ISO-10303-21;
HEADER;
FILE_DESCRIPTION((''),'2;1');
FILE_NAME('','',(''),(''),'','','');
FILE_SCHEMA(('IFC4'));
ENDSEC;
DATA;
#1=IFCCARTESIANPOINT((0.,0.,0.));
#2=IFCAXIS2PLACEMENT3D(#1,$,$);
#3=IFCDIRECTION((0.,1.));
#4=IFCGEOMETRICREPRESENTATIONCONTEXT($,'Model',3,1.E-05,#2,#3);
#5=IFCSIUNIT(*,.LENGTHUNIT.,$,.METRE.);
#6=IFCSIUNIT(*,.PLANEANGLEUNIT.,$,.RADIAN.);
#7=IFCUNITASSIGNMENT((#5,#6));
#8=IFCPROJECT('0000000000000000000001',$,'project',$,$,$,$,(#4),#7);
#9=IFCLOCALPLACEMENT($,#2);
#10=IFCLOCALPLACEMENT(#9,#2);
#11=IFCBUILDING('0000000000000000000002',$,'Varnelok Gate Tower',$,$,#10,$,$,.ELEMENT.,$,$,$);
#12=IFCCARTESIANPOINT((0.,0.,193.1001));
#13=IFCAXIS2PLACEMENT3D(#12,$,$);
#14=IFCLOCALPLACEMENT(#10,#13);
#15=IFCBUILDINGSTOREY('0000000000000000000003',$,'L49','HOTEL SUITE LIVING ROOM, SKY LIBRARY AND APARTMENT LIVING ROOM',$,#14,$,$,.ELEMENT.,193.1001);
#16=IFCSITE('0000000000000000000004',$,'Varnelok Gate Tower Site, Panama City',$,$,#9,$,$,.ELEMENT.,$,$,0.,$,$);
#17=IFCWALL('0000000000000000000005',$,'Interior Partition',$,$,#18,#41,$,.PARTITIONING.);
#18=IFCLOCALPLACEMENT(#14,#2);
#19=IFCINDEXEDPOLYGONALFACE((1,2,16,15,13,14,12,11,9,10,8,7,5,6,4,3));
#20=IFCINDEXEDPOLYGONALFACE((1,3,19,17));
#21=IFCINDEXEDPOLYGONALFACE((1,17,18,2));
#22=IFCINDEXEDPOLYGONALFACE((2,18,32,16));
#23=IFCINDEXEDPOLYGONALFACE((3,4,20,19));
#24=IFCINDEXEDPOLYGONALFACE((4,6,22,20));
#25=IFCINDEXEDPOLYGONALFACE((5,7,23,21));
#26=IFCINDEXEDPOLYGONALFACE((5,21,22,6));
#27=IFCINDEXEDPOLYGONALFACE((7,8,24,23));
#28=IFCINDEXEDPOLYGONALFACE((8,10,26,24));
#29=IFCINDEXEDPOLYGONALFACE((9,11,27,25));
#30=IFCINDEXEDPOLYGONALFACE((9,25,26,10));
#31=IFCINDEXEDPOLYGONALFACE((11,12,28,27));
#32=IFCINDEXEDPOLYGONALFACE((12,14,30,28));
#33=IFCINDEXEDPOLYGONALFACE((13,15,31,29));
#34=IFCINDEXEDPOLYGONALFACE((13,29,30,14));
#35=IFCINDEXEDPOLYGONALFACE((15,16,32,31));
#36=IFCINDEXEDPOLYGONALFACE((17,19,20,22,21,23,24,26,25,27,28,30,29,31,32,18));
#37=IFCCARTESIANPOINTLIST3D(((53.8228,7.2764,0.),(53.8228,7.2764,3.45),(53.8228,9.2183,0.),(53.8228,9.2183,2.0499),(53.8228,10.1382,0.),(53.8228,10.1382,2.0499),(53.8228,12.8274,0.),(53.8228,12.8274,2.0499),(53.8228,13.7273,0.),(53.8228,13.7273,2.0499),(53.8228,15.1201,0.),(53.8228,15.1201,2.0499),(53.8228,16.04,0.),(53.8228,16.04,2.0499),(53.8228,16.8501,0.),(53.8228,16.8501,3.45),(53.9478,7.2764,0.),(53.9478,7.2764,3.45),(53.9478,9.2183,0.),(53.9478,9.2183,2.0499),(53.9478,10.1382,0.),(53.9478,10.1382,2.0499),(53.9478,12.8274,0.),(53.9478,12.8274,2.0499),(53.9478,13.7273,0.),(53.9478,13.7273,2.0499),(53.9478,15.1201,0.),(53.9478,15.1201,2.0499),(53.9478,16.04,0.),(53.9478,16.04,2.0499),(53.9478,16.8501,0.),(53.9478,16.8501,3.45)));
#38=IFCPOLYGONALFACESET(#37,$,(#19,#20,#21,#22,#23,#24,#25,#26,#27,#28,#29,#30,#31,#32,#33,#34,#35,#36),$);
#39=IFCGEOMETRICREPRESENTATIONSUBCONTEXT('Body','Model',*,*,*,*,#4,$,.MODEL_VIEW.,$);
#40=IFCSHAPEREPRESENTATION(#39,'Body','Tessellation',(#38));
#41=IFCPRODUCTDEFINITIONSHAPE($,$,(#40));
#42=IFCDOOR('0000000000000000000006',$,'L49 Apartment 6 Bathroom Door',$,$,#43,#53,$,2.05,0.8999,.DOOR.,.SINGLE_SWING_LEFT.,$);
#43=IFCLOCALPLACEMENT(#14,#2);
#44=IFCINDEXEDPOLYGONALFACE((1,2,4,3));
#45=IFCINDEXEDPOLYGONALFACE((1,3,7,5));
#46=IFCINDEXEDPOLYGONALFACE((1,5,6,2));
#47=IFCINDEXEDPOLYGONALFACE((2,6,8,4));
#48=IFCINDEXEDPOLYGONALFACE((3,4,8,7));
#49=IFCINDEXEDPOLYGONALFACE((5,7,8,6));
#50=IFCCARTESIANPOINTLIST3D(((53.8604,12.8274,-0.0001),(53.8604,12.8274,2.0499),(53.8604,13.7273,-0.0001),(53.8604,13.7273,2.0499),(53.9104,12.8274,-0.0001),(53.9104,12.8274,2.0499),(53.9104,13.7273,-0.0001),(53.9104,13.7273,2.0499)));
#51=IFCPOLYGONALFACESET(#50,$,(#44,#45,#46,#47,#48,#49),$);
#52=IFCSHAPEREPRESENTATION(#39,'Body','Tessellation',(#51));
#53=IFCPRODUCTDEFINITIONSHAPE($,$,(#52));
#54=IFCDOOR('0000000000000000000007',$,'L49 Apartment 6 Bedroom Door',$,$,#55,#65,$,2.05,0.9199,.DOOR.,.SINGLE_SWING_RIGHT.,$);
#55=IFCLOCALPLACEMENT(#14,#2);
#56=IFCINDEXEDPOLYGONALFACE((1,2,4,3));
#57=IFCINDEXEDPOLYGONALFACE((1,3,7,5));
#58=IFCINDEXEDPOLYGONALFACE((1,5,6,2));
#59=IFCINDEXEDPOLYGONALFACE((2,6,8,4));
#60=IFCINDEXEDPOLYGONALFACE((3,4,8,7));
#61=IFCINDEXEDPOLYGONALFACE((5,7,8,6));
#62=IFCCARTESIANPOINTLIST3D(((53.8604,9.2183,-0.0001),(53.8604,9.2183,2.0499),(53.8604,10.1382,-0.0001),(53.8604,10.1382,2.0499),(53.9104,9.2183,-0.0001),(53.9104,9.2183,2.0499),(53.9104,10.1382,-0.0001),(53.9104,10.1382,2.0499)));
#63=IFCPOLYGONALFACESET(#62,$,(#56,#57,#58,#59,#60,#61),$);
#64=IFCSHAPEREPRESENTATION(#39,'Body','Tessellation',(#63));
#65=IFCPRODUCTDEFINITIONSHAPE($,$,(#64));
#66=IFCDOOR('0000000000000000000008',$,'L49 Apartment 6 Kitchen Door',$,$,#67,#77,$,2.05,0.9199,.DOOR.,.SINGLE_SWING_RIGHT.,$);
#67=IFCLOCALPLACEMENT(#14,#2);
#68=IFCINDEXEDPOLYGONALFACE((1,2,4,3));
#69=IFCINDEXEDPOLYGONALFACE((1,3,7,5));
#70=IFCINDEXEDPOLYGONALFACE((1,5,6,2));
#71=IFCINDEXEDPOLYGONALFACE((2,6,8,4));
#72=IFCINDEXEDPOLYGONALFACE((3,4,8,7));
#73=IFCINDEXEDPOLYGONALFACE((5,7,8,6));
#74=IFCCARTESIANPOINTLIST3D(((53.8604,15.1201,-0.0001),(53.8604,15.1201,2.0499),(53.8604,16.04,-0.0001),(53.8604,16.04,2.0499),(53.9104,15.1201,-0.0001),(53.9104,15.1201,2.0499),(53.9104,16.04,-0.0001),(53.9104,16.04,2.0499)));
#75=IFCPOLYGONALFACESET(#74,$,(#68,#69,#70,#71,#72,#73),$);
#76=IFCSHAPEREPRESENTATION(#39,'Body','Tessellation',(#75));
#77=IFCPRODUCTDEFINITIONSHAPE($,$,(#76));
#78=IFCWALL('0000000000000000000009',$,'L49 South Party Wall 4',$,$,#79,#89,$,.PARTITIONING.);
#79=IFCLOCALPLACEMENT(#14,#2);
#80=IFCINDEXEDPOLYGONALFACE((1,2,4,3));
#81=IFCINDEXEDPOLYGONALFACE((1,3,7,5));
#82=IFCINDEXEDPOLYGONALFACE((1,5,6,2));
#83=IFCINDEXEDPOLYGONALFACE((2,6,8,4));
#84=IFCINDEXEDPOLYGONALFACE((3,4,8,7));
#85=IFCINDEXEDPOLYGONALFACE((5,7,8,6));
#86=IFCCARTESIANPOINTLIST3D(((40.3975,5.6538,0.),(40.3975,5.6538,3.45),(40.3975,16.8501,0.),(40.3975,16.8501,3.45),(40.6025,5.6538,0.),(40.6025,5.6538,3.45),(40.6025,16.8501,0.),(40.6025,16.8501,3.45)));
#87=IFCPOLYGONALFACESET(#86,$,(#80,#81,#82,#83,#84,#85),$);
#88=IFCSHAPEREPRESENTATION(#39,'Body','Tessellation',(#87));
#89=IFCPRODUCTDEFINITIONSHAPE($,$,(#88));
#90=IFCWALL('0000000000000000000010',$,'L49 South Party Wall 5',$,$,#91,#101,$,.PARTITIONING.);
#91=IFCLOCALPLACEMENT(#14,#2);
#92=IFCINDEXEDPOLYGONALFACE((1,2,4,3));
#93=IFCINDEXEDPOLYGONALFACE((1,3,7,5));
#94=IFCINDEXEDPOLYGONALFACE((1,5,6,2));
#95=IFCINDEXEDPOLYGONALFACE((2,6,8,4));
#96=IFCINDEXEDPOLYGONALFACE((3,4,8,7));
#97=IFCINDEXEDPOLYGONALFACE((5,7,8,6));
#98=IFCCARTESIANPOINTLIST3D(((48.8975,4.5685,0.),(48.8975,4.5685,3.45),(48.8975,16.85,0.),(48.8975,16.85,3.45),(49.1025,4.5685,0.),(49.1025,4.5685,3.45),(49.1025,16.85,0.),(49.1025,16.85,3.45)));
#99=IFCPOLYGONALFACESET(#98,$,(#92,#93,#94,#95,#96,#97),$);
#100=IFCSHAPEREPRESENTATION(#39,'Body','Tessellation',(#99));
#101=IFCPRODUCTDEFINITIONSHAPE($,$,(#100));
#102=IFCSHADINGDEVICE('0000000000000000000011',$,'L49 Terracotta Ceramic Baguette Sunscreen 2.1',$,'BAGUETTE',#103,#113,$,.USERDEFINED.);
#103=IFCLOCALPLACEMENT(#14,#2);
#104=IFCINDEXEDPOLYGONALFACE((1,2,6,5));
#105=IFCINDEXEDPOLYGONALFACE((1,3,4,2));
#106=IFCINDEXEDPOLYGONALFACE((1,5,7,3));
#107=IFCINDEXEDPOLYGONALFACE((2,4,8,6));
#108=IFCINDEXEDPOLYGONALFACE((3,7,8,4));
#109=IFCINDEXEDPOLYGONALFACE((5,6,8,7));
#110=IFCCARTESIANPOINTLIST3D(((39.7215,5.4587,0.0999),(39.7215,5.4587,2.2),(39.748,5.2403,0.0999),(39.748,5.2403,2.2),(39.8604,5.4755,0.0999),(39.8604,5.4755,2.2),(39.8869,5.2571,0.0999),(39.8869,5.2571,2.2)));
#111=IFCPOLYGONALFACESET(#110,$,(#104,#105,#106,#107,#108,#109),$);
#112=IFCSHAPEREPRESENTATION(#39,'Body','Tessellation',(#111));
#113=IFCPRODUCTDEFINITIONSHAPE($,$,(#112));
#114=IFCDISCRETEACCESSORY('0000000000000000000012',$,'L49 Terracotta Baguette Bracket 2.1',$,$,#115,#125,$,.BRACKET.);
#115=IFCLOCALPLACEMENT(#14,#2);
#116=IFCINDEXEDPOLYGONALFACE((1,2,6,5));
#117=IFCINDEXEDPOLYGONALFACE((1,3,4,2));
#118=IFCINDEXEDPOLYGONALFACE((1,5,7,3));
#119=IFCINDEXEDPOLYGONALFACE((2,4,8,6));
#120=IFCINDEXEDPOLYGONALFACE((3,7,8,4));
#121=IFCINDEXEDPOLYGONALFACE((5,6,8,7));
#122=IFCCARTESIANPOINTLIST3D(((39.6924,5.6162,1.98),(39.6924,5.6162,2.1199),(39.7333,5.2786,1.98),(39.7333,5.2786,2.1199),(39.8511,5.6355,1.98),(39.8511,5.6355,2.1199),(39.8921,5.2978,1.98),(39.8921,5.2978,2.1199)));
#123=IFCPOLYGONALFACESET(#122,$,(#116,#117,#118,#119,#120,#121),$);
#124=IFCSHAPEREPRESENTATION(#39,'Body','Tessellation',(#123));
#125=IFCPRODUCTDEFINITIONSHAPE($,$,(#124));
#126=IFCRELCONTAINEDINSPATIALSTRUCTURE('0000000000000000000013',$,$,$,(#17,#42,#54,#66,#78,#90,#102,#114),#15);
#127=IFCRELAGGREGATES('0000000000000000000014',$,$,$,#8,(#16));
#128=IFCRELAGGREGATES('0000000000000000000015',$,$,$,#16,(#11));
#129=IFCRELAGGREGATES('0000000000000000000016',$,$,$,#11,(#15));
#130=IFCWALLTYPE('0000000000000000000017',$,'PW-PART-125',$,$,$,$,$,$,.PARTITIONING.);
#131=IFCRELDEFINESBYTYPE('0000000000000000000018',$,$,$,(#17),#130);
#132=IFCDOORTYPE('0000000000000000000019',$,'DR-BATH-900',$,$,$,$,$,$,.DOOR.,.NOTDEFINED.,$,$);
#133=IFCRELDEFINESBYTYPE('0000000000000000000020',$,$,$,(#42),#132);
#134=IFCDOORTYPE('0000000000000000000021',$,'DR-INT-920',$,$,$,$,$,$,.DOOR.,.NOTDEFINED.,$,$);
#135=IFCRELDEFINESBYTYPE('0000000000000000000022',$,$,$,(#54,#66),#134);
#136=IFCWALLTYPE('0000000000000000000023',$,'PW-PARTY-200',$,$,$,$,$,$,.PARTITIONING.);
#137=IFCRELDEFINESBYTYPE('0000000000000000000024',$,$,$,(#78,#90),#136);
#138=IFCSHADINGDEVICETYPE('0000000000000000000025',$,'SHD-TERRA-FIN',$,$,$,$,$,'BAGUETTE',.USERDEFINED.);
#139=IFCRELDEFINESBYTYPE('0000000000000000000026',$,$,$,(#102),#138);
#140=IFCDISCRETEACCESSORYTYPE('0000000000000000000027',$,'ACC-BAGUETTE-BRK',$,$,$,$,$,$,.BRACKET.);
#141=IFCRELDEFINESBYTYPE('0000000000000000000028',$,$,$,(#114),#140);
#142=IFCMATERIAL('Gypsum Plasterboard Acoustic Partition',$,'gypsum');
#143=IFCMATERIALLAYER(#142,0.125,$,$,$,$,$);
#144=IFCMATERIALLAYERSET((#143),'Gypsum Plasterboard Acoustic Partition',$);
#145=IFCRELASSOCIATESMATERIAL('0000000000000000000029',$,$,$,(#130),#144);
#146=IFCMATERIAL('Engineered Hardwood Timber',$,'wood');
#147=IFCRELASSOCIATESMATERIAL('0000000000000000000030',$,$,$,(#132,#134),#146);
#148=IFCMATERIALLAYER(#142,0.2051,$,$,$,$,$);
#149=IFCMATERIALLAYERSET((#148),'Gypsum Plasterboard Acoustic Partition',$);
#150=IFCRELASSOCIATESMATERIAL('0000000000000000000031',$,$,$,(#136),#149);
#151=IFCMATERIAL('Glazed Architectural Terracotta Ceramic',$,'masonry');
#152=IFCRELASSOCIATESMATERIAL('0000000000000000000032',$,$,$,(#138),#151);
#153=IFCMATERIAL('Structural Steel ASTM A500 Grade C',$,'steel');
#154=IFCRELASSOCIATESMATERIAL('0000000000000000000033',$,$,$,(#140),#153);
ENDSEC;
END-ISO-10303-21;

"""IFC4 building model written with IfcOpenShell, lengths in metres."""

from ifc_helpers import new_model, si_unit, direction, frame, frame_2d, origin, origin_2d, place, context, subcontext, project, spatial, rectangle, extrude, source, transform, mapped, material, layer, layer_set, type_object, element, fill, save


model = new_model("IFC4")

# Units and contexts
model_context = context("Model", 3, precision=1e-05, world=origin(), true_north=direction((0.0, 1.0)))
body_context = subcontext(model_context, "Body", "Model", "MODEL_VIEW")
ifc_project = project(units=[si_unit("LENGTHUNIT", "METRE"), si_unit("PLANEANGLEUNIT", "RADIAN")], contexts=[model_context])

# Site, building, storey
site_placement = place(None, origin())
site = spatial("IfcSite", under=ifc_project, at=site_placement, Name="Varnelok Gate Tower Site, Panama City", CompositionType="ELEMENT", RefElevation=0.0)
building_placement = place(site_placement, origin())
building = spatial("IfcBuilding", under=site, at=building_placement, Name="Varnelok Gate Tower", CompositionType="ELEMENT")
storey_placement = place(building_placement, frame((0.0, 0.0, 193.1001)))
storey = spatial("IfcBuildingStorey", under=building, at=storey_placement, Name="L49", Description="HOTEL SUITE LIVING ROOM, SKY LIBRARY AND APARTMENT LIVING ROOM", CompositionType="ELEMENT", Elevation=193.1001)

# Shared definitions
ifc_material_1 = material(Name="Gypsum Plasterboard Acoustic Partition", Category="gypsum")

# Wall, openings, doors
ifc_layer_1 = layer(ifc_material_1, 0.125)
ifc_layer_set_1 = layer_set([ifc_layer_1], Name="Gypsum Plasterboard Acoustic Partition")
wall_type_1 = type_object("IfcWallType", Name="PW-PART-125", PredefinedType="PARTITIONING", material=ifc_layer_set_1)
ifc_material_2 = material(Name="Engineered Hardwood Timber", Category="wood")
door_type_1 = type_object("IfcDoorType", Name="DR-BATH-900", OperationType="NOTDEFINED", PredefinedType="DOOR", material=ifc_material_2)
door_type_2 = type_object("IfcDoorType", Name="DR-INT-920", OperationType="NOTDEFINED", PredefinedType="DOOR", material=ifc_material_2)
wall_1_placement = place(storey_placement, frame((53.8853, 7.2764, 0.0), z_axis=(0.0, 0.0, 1.0), x_axis=(0.0, 1.0, 0.0)))
wall_1 = element("IfcWall", 1, at=wall_1_placement, inside=storey, type_object=wall_type_1, Name="Interior Partition", PredefinedType="PARTITIONING", context=body_context, shape_type="SweptSolid", body=[
    extrude(rectangle(XDim=9.5737, YDim=0.125, at=frame_2d((4.7869, 0.0))), origin(), (0.0, 0.0, 1.0), 3.45),
])
opening_1_placement = place(wall_1_placement, frame((1.9419, 0.0, 0.0)))
opening_1 = element("IfcOpeningElement", 2, at=opening_1_placement, cuts=wall_1, PredefinedType="OPENING", context=body_context, shape_type="SweptSolid", body=[
    extrude(rectangle(XDim=0.9199, YDim=2.05, at=frame_2d((0.46, 1.0249))), frame((0.0, 0.0725, 0.0), z_axis=(0.0, -1.0, 0.0), x_axis=(1.0, 0.0, 0.0)), (0.0, 0.0, 1.0), 0.145),
])
opening_2_placement = place(wall_1_placement, frame((5.551, 0.0, 0.0)))
opening_2 = element("IfcOpeningElement", 3, at=opening_2_placement, cuts=wall_1, PredefinedType="OPENING", context=body_context, shape_type="SweptSolid", body=[
    extrude(rectangle(XDim=0.8999, YDim=2.05, at=frame_2d((0.45, 1.0249))), frame((0.0, 0.0725, 0.0), z_axis=(0.0, -1.0, 0.0), x_axis=(1.0, 0.0, 0.0)), (0.0, 0.0, 1.0), 0.145),
])
opening_3_placement = place(wall_1_placement, frame((7.8438, 0.0, 0.0)))
opening_3 = element("IfcOpeningElement", 4, at=opening_3_placement, cuts=wall_1, PredefinedType="OPENING", context=body_context, shape_type="SweptSolid", body=[
    extrude(rectangle(XDim=0.9199, YDim=2.05, at=frame_2d((0.46, 1.0249))), frame((0.0, 0.0725, 0.0), z_axis=(0.0, -1.0, 0.0), x_axis=(1.0, 0.0, 0.0)), (0.0, 0.0, 1.0), 0.145),
])
door_1_placement = place(opening_2_placement, origin())
door_1 = element("IfcDoor", 5, at=door_1_placement, inside=storey, type_object=door_type_1, Name="L49 Apartment 6 Bathroom Door", OperationType="SINGLE_SWING_LEFT", OverallHeight=2.05, OverallWidth=0.8999, PredefinedType="DOOR", context=body_context, shape_type="SweptSolid", body=[
    extrude(rectangle(XDim=0.8999, YDim=2.05, at=frame_2d((0.45, 1.0249))), frame((0.0, 0.0249, 0.0), z_axis=(0.0, -1.0, 0.0), x_axis=(1.0, 0.0, 0.0)), (0.0, 0.0, 1.0), 0.05),
])
fill(opening_2, door_1)
door_2_placement = place(opening_1_placement, origin())
door_2 = element("IfcDoor", 6, at=door_2_placement, inside=storey, type_object=door_type_2, Name="L49 Apartment 6 Bedroom Door", OperationType="SINGLE_SWING_RIGHT", OverallHeight=2.05, OverallWidth=0.9199, PredefinedType="DOOR", context=body_context, shape_type="SweptSolid", body=[
    extrude(rectangle(XDim=0.9199, YDim=2.05, at=frame_2d((0.46, 1.0249))), frame((0.0, 0.0249, 0.0), z_axis=(0.0, -1.0, 0.0), x_axis=(1.0, 0.0, 0.0)), (0.0, 0.0, 1.0), 0.05),
])
fill(opening_1, door_2)
door_3_placement = place(opening_3_placement, origin())
door_3 = element("IfcDoor", 7, at=door_3_placement, inside=storey, type_object=door_type_2, Name="L49 Apartment 6 Kitchen Door", OperationType="SINGLE_SWING_RIGHT", OverallHeight=2.05, OverallWidth=0.9199, PredefinedType="DOOR", context=body_context, shape_type="SweptSolid", body=[
    extrude(rectangle(XDim=0.9199, YDim=2.05, at=frame_2d((0.46, 1.0249))), frame((0.0, 0.0249, 0.0), z_axis=(0.0, -1.0, 0.0), x_axis=(1.0, 0.0, 0.0)), (0.0, 0.0, 1.0), 0.05),
])
fill(opening_3, door_3)

# Walls
ifc_layer_2 = layer(ifc_material_1, 0.2051)
ifc_layer_set_2 = layer_set([ifc_layer_2], Name="Gypsum Plasterboard Acoustic Partition")
wall_type_2 = type_object("IfcWallType", Name="PW-PARTY-200", PredefinedType="PARTITIONING", material=ifc_layer_set_2)
wall_2_placement = place(storey_placement, frame((40.5, 5.6538, 0.0), z_axis=(0.0, 0.0, 1.0), x_axis=(0.0, 1.0, 0.0)))
element("IfcWall", 8, at=wall_2_placement, inside=storey, type_object=wall_type_2, Name="L49 South Party Wall 4", PredefinedType="PARTITIONING", context=body_context, shape_type="SweptSolid", body=[
    extrude(rectangle(XDim=11.1963, YDim=0.2051, at=frame_2d((5.5981, 0.0))), origin(), (0.0, 0.0, 1.0), 3.45),
])
wall_3_placement = place(storey_placement, frame((49.0, 4.5686, 0.0), z_axis=(0.0, 0.0, 1.0), x_axis=(0.0, 1.0, 0.0)))
element("IfcWall", 9, at=wall_3_placement, inside=storey, type_object=wall_type_2, Name="L49 South Party Wall 5", PredefinedType="PARTITIONING", context=body_context, shape_type="SweptSolid", body=[
    extrude(rectangle(XDim=12.2815, YDim=0.2051, at=frame_2d((6.1406, 0.0))), origin(), (0.0, 0.0, 1.0), 3.45),
])

# Shading device
ifc_material_3 = material(Name="Glazed Architectural Terracotta Ceramic", Category="masonry")
shading_device_type = type_object("IfcShadingDeviceType", Name="SHD-TERRA-FIN", ElementType="BAGUETTE", PredefinedType="USERDEFINED", material=ifc_material_3)
shared_shape_1 = source(origin(), body_context, "Body", "SweptSolid", [
    extrude(rectangle(XDim=0.1399, YDim=0.22, at=origin_2d()), origin(), (0.0, 0.0, 1.0), 2.1001),
])
shading_device_placement = place(storey_placement, frame((39.8042, 5.3579, 0.0999), z_axis=(0.0, 0.0, 1.0), x_axis=(0.992732, 0.120345, 0.0)))
element("IfcShadingDevice", 10, at=shading_device_placement, inside=storey, type_object=shading_device_type, Name="L49 Terracotta Ceramic Baguette Sunscreen 2.1", ObjectType="BAGUETTE", PredefinedType="USERDEFINED", context=body_context, shape_type="MappedRepresentation", body=[
    mapped(shared_shape_1, transform((0.0, 0.0, 0.0), scale=1.0)),
])

# Discrete accessory
ifc_material_4 = material(Name="Structural Steel ASTM A500 Grade C", Category="steel")
discrete_accessory_type = type_object("IfcDiscreteAccessoryType", Name="ACC-BAGUETTE-BRK", PredefinedType="BRACKET", material=ifc_material_4)
shared_shape_2 = source(origin(), body_context, "Body", "SweptSolid", [
    extrude(rectangle(XDim=0.1599, YDim=0.3401, at=origin_2d()), origin(), (0.0, 0.0, 1.0), 0.1399),
])
discrete_accessory_placement = place(storey_placement, frame((39.7922, 5.457, 1.98), z_axis=(0.0, 0.0, 1.0), x_axis=(0.992732, 0.120345, 0.0)))
element("IfcDiscreteAccessory", 11, at=discrete_accessory_placement, inside=storey, type_object=discrete_accessory_type, Name="L49 Terracotta Baguette Bracket 2.1", PredefinedType="BRACKET", context=body_context, shape_type="MappedRepresentation", body=[
    mapped(shared_shape_2, transform((0.0, 0.0, 0.0), scale=1.0)),
])

save(model, "model.ifc")
